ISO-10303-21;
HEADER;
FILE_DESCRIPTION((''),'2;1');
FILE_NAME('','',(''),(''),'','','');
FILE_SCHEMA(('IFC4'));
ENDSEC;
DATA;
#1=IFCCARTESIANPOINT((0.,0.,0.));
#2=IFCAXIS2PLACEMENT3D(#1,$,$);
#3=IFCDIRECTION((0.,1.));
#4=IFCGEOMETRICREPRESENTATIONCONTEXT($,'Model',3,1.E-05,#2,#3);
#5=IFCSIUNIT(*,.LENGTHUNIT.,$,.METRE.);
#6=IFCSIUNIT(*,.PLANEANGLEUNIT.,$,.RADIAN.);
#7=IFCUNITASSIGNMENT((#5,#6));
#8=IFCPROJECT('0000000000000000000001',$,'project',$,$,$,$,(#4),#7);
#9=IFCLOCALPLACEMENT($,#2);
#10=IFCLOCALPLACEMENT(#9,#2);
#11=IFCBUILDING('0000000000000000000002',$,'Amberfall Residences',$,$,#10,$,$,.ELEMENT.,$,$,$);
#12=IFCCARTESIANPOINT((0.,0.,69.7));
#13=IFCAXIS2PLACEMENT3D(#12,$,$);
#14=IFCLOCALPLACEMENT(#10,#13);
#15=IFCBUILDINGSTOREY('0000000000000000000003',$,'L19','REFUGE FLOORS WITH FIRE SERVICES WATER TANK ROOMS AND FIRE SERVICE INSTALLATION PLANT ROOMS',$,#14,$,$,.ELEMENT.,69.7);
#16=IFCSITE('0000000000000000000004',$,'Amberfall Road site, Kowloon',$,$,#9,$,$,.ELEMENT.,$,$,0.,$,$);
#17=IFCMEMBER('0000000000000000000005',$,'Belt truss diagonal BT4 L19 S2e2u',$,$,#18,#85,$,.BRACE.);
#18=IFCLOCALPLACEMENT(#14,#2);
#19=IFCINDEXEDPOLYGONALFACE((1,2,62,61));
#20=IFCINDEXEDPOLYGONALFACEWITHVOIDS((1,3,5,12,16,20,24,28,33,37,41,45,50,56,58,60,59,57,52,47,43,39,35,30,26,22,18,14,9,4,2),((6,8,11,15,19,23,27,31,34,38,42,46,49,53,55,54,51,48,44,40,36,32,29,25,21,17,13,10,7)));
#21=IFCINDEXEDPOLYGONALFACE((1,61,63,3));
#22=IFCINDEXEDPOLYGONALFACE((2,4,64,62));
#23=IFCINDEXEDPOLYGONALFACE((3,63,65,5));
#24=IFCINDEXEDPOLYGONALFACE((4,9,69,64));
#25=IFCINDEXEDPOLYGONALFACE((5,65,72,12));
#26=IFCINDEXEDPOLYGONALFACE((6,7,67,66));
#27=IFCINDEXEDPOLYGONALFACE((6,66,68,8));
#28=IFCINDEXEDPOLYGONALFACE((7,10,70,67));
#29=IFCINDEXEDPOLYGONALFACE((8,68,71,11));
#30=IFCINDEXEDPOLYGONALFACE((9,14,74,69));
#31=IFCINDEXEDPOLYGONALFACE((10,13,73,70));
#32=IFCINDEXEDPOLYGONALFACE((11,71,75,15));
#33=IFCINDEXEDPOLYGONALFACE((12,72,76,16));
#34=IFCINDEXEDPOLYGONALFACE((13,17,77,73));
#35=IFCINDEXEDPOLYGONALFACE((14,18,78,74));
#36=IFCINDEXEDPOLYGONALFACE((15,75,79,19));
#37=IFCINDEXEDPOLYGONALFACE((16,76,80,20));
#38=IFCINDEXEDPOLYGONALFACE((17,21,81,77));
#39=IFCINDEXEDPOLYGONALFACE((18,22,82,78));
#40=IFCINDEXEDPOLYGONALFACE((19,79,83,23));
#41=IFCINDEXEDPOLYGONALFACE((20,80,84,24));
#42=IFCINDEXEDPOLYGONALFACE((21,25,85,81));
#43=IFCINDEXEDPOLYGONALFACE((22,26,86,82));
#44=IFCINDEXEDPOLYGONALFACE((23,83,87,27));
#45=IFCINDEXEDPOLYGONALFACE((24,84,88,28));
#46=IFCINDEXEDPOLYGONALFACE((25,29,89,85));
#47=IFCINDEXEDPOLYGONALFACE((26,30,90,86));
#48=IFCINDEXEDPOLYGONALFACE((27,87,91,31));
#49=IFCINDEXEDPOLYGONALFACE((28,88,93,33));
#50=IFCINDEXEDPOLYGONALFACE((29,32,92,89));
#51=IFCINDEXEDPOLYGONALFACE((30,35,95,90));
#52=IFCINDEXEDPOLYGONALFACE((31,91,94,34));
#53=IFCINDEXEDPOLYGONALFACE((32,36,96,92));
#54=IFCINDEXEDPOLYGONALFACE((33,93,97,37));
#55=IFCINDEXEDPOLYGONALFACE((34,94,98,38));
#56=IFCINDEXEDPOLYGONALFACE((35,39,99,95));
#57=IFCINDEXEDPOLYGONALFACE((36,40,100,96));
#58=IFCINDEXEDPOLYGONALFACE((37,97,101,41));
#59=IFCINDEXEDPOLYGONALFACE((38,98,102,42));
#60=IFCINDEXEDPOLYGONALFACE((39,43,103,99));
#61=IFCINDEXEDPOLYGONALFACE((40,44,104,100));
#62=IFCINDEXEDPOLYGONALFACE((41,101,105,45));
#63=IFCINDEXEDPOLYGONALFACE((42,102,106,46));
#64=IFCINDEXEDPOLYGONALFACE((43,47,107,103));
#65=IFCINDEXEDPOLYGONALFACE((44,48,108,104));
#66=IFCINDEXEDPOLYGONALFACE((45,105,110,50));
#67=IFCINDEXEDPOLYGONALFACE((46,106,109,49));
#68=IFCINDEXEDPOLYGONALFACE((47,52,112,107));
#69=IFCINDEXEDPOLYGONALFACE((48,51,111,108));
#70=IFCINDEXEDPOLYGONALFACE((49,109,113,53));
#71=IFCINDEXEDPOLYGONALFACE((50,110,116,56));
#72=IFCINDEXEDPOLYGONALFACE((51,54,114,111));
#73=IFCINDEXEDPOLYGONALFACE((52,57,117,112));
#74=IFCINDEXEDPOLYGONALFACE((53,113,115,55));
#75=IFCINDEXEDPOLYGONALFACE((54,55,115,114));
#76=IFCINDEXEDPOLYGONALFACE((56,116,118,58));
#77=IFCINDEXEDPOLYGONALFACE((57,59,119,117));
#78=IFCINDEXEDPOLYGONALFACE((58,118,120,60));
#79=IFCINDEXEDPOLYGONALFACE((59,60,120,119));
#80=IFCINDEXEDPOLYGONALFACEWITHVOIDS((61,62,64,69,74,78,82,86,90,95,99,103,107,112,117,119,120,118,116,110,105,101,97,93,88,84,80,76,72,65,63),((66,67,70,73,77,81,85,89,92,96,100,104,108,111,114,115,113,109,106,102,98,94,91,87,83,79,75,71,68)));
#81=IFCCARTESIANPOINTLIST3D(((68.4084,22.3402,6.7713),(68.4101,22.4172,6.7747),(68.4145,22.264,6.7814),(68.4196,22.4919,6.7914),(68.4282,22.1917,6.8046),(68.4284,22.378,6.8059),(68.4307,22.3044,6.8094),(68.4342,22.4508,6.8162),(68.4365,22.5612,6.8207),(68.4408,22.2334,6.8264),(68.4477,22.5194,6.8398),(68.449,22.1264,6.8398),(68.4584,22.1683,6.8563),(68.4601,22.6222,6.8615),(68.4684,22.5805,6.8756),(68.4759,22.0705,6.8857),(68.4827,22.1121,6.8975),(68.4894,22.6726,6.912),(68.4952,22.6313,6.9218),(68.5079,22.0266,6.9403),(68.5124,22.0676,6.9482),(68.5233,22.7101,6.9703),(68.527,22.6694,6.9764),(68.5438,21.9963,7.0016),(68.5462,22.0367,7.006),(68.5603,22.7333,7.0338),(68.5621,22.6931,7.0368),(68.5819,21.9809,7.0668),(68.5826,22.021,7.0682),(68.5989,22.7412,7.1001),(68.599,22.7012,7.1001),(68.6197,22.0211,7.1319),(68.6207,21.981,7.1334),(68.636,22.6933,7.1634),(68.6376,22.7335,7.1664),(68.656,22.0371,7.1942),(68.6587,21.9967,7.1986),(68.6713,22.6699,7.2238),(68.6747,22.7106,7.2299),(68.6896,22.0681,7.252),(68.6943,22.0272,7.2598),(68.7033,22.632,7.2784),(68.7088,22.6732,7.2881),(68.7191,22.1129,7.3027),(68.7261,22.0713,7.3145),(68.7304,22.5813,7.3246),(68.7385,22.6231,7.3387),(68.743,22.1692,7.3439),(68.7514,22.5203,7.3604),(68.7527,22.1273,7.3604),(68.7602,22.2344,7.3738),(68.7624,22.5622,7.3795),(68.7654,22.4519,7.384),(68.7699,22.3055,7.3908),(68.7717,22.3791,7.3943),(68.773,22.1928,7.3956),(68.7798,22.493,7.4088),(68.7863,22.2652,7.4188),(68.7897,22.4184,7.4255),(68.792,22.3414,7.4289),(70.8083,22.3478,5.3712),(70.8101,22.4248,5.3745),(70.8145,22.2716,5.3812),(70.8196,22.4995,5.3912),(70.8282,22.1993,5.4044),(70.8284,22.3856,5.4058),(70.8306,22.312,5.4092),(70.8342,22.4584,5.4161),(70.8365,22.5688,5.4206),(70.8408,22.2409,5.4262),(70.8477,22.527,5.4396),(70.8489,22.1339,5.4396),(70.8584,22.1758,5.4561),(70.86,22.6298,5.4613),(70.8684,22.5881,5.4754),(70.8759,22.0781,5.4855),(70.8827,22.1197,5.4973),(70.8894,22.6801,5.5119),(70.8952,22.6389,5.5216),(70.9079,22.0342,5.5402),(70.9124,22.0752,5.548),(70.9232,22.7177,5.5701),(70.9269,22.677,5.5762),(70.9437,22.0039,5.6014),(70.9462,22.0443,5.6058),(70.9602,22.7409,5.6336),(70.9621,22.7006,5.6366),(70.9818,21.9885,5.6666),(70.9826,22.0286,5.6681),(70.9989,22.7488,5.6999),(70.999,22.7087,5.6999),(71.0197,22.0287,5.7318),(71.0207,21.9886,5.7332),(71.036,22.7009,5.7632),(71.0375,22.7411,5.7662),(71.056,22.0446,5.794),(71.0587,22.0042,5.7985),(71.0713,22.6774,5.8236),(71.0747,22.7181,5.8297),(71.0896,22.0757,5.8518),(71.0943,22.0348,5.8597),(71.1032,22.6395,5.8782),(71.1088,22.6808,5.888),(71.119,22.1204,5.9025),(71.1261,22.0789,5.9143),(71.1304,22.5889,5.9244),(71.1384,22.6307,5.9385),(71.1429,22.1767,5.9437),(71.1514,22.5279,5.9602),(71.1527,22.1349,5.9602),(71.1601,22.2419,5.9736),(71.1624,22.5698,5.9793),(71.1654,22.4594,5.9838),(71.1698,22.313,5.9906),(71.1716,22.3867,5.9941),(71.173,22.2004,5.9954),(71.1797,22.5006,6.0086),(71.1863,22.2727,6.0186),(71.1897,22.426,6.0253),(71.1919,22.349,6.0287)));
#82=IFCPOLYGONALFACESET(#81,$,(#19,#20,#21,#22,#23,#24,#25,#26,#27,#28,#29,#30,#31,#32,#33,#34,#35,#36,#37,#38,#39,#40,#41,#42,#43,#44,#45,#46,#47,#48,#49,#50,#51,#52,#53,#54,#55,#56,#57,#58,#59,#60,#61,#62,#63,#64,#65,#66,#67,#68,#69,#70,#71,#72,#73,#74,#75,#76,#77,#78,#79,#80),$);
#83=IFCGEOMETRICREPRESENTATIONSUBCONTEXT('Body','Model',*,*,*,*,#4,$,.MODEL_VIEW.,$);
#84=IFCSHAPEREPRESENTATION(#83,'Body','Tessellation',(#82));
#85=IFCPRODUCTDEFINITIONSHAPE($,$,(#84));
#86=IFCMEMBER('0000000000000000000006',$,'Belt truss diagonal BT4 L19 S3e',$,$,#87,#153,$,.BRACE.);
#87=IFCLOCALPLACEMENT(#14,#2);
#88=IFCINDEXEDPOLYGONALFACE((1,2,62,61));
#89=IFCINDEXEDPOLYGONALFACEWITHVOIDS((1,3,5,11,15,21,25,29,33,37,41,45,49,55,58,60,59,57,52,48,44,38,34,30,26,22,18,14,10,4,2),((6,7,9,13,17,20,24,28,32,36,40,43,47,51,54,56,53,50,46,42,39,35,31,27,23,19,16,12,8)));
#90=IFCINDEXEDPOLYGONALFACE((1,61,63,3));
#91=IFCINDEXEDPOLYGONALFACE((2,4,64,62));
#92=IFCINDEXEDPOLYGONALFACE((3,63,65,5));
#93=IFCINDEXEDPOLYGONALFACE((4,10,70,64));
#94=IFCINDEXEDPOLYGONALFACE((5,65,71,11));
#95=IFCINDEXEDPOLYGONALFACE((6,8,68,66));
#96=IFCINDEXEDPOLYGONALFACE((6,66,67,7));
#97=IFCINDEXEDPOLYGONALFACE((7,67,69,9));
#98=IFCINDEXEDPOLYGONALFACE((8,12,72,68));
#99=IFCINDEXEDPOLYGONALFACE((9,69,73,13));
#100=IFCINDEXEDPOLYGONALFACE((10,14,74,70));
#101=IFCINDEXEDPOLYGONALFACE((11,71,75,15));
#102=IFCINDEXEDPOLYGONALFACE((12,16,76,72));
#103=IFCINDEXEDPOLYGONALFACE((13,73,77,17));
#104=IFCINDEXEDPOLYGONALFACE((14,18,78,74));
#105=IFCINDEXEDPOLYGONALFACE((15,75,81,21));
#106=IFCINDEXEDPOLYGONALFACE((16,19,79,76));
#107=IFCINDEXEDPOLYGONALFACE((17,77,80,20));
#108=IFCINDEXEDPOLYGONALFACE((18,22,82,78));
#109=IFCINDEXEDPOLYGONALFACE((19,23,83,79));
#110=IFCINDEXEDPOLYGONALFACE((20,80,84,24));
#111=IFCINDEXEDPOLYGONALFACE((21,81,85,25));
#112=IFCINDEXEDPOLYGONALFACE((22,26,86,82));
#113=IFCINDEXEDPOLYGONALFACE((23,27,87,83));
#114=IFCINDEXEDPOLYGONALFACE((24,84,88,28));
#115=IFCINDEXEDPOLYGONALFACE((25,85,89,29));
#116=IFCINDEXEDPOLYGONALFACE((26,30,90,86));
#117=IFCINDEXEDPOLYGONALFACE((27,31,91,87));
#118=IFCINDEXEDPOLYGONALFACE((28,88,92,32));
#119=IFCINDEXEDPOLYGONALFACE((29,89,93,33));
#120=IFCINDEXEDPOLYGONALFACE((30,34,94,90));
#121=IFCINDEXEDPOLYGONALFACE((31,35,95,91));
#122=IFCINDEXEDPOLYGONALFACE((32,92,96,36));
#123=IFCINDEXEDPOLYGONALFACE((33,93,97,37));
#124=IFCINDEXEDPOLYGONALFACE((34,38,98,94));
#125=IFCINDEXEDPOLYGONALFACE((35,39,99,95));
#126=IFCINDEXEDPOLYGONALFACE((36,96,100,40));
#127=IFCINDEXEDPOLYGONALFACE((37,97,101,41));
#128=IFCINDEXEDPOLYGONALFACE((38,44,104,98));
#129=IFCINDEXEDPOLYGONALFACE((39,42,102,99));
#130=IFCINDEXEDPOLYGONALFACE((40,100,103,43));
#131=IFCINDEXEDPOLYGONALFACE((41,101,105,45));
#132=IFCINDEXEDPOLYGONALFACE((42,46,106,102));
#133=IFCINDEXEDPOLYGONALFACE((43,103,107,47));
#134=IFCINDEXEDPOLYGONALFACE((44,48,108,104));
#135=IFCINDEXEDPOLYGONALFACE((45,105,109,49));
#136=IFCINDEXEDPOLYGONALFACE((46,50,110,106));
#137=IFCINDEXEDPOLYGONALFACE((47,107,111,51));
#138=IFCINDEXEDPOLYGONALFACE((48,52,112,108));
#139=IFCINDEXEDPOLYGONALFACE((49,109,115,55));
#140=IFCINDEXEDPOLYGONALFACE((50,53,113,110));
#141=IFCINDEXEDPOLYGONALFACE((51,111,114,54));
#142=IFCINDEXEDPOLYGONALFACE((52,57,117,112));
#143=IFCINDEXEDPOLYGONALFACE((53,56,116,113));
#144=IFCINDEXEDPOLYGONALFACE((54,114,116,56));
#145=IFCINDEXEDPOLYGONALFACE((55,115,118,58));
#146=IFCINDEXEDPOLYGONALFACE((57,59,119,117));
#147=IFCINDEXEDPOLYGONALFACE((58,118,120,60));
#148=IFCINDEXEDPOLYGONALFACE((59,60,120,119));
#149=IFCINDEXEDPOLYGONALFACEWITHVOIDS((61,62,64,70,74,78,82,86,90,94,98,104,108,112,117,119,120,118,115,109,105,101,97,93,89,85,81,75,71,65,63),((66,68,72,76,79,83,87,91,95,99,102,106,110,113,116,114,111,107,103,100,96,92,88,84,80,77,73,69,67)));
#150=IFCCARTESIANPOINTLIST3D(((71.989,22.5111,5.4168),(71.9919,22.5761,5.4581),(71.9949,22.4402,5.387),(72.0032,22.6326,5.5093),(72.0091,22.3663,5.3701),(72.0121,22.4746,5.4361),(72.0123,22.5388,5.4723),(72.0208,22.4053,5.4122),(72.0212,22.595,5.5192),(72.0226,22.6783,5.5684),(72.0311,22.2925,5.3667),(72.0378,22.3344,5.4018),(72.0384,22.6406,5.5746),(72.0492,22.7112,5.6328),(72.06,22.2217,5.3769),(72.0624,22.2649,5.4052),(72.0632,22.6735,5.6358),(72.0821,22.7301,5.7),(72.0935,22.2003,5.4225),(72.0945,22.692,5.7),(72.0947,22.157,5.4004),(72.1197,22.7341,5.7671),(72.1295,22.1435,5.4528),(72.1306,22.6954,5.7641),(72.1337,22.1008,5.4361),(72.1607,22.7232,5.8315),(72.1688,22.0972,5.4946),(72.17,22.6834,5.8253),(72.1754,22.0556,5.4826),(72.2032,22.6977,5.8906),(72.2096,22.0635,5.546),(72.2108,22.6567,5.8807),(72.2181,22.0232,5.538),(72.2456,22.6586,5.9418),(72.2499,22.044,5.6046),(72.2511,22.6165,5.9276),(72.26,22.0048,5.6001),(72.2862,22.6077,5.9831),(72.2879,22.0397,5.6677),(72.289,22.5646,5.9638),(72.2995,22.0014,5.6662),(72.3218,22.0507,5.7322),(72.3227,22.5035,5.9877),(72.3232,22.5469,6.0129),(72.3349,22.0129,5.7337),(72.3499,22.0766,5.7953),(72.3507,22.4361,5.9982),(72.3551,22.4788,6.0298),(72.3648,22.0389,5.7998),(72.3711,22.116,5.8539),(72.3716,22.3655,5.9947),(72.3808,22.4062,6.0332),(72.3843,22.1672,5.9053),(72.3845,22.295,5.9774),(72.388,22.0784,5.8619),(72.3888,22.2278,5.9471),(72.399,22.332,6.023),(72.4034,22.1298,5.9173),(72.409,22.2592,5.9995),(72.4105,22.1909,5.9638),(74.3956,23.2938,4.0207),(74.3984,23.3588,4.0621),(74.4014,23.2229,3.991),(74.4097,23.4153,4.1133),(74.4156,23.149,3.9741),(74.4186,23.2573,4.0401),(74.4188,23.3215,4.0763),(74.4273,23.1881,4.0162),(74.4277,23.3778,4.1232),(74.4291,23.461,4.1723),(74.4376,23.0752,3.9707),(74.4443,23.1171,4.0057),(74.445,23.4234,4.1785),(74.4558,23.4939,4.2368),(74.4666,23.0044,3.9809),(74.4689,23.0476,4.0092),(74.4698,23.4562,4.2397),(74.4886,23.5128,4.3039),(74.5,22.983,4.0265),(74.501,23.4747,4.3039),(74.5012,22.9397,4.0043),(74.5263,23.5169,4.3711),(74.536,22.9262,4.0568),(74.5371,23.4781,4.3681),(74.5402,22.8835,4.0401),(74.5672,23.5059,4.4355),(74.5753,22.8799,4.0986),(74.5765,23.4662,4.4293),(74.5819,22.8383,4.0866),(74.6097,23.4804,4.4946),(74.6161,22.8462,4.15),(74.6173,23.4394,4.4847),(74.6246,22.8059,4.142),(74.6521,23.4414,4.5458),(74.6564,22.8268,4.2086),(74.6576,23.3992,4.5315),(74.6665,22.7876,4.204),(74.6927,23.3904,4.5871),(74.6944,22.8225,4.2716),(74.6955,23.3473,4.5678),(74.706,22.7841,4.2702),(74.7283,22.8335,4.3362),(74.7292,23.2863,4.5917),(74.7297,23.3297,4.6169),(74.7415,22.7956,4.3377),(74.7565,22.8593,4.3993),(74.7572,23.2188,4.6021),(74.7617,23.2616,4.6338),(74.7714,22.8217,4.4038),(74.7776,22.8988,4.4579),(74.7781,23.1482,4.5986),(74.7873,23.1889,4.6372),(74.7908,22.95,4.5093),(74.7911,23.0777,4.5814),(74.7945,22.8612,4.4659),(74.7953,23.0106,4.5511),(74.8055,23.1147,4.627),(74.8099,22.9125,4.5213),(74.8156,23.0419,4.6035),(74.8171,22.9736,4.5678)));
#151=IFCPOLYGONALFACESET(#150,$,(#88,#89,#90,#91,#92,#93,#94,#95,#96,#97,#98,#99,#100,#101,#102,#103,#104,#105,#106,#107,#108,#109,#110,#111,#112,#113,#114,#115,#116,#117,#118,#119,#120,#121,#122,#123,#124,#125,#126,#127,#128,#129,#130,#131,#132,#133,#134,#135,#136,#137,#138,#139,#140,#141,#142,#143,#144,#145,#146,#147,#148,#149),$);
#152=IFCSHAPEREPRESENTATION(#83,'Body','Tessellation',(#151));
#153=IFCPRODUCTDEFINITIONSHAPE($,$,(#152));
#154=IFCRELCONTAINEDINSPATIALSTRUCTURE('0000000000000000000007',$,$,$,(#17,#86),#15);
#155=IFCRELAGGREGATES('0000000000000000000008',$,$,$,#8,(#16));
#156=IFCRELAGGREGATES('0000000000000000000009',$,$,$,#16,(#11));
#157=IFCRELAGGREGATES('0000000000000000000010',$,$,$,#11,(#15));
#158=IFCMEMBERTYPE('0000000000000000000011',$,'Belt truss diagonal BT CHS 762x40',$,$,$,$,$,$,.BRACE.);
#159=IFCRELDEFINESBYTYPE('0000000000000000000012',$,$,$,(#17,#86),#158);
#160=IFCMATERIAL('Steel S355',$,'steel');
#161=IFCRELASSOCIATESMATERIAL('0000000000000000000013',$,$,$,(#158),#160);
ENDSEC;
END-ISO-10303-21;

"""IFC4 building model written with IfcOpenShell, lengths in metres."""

from ifc_helpers import new_model, si_unit, direction, frame, origin, origin_2d, place, context, subcontext, project, spatial, hollow_circle, extrude, material, material_profile, profile_set, type_object, element, save


model = new_model("IFC4")

# Units and contexts
model_context = context("Model", 3, precision=1e-05, world=origin(), true_north=direction((0.0, 1.0)))
body_context = subcontext(model_context, "Body", "Model", "MODEL_VIEW")
ifc_project = project(units=[si_unit("LENGTHUNIT", "METRE"), si_unit("PLANEANGLEUNIT", "RADIAN")], contexts=[model_context])

# Site, building, storey
site_placement = place(None, origin())
site = spatial("IfcSite", under=ifc_project, at=site_placement, Name="Amberfall Road site, Kowloon", CompositionType="ELEMENT", RefElevation=0.0)
building_placement = place(site_placement, origin())
building = spatial("IfcBuilding", under=site, at=building_placement, Name="Amberfall Residences", CompositionType="ELEMENT")
storey_placement = place(building_placement, frame((0.0, 0.0, 69.7)))
storey = spatial("IfcBuildingStorey", under=building, at=storey_placement, Name="L19", Description="REFUGE FLOORS WITH FIRE SERVICES WATER TANK ROOMS AND FIRE SERVICE INSTALLATION PLANT ROOMS", CompositionType="ELEMENT", Elevation=69.7)

# Shared definitions
ifc_material_1 = material(Name="Steel S355", Category="steel")

# Members
ifc_material_profile_1 = material_profile(ifc_material_1, hollow_circle(Radius=0.3811, WallThickness=0.04, at=origin_2d()), Name="CHS 762x40")
ifc_profile_set_1 = profile_set([ifc_material_profile_1], Name="Steel S355")
member_type = type_object("IfcMemberType", Name="Belt truss diagonal BT CHS 762x40", PredefinedType="BRACE", material=ifc_profile_set_1)
for number, where, z_axis, x_axis, name in (
    (1, (68.6001, 22.3601, 7.1001), (0.863744, 0.002724, -0.503924), (-0.003154, 0.999995, 0.0), "Belt truss diagonal BT4 L19 S2e2u"),
):
    element("IfcMember", number, at=place(storey_placement, frame(where, z_axis=z_axis, x_axis=x_axis)), inside=storey, type_object=member_type, Name=name, PredefinedType="BRACE", context=body_context, shape_type="SweptSolid", body=[
        extrude(hollow_circle(Radius=0.3811, WallThickness=0.04, at=origin_2d()), origin(), (0.0, 0.0, 1.0), 2.7786),
    ])
member_1_placement = place(storey_placement, frame((72.2, 22.3677, 5.7), z_axis=(0.832669, 0.270826, -0.483027), x_axis=(-0.309302, 0.950964, 0.0)))
element("IfcMember", 2, at=member_1_placement, inside=storey, type_object=member_type, Name="Belt truss diagonal BT4 L19 S3e", PredefinedType="BRACE", context=body_context, shape_type="SweptSolid", body=[
    extrude(hollow_circle(Radius=0.3811, WallThickness=0.04, at=origin_2d()), origin(), (0.0, 0.0, 1.0), 2.8901),
])

save(model, "model.ifc")
